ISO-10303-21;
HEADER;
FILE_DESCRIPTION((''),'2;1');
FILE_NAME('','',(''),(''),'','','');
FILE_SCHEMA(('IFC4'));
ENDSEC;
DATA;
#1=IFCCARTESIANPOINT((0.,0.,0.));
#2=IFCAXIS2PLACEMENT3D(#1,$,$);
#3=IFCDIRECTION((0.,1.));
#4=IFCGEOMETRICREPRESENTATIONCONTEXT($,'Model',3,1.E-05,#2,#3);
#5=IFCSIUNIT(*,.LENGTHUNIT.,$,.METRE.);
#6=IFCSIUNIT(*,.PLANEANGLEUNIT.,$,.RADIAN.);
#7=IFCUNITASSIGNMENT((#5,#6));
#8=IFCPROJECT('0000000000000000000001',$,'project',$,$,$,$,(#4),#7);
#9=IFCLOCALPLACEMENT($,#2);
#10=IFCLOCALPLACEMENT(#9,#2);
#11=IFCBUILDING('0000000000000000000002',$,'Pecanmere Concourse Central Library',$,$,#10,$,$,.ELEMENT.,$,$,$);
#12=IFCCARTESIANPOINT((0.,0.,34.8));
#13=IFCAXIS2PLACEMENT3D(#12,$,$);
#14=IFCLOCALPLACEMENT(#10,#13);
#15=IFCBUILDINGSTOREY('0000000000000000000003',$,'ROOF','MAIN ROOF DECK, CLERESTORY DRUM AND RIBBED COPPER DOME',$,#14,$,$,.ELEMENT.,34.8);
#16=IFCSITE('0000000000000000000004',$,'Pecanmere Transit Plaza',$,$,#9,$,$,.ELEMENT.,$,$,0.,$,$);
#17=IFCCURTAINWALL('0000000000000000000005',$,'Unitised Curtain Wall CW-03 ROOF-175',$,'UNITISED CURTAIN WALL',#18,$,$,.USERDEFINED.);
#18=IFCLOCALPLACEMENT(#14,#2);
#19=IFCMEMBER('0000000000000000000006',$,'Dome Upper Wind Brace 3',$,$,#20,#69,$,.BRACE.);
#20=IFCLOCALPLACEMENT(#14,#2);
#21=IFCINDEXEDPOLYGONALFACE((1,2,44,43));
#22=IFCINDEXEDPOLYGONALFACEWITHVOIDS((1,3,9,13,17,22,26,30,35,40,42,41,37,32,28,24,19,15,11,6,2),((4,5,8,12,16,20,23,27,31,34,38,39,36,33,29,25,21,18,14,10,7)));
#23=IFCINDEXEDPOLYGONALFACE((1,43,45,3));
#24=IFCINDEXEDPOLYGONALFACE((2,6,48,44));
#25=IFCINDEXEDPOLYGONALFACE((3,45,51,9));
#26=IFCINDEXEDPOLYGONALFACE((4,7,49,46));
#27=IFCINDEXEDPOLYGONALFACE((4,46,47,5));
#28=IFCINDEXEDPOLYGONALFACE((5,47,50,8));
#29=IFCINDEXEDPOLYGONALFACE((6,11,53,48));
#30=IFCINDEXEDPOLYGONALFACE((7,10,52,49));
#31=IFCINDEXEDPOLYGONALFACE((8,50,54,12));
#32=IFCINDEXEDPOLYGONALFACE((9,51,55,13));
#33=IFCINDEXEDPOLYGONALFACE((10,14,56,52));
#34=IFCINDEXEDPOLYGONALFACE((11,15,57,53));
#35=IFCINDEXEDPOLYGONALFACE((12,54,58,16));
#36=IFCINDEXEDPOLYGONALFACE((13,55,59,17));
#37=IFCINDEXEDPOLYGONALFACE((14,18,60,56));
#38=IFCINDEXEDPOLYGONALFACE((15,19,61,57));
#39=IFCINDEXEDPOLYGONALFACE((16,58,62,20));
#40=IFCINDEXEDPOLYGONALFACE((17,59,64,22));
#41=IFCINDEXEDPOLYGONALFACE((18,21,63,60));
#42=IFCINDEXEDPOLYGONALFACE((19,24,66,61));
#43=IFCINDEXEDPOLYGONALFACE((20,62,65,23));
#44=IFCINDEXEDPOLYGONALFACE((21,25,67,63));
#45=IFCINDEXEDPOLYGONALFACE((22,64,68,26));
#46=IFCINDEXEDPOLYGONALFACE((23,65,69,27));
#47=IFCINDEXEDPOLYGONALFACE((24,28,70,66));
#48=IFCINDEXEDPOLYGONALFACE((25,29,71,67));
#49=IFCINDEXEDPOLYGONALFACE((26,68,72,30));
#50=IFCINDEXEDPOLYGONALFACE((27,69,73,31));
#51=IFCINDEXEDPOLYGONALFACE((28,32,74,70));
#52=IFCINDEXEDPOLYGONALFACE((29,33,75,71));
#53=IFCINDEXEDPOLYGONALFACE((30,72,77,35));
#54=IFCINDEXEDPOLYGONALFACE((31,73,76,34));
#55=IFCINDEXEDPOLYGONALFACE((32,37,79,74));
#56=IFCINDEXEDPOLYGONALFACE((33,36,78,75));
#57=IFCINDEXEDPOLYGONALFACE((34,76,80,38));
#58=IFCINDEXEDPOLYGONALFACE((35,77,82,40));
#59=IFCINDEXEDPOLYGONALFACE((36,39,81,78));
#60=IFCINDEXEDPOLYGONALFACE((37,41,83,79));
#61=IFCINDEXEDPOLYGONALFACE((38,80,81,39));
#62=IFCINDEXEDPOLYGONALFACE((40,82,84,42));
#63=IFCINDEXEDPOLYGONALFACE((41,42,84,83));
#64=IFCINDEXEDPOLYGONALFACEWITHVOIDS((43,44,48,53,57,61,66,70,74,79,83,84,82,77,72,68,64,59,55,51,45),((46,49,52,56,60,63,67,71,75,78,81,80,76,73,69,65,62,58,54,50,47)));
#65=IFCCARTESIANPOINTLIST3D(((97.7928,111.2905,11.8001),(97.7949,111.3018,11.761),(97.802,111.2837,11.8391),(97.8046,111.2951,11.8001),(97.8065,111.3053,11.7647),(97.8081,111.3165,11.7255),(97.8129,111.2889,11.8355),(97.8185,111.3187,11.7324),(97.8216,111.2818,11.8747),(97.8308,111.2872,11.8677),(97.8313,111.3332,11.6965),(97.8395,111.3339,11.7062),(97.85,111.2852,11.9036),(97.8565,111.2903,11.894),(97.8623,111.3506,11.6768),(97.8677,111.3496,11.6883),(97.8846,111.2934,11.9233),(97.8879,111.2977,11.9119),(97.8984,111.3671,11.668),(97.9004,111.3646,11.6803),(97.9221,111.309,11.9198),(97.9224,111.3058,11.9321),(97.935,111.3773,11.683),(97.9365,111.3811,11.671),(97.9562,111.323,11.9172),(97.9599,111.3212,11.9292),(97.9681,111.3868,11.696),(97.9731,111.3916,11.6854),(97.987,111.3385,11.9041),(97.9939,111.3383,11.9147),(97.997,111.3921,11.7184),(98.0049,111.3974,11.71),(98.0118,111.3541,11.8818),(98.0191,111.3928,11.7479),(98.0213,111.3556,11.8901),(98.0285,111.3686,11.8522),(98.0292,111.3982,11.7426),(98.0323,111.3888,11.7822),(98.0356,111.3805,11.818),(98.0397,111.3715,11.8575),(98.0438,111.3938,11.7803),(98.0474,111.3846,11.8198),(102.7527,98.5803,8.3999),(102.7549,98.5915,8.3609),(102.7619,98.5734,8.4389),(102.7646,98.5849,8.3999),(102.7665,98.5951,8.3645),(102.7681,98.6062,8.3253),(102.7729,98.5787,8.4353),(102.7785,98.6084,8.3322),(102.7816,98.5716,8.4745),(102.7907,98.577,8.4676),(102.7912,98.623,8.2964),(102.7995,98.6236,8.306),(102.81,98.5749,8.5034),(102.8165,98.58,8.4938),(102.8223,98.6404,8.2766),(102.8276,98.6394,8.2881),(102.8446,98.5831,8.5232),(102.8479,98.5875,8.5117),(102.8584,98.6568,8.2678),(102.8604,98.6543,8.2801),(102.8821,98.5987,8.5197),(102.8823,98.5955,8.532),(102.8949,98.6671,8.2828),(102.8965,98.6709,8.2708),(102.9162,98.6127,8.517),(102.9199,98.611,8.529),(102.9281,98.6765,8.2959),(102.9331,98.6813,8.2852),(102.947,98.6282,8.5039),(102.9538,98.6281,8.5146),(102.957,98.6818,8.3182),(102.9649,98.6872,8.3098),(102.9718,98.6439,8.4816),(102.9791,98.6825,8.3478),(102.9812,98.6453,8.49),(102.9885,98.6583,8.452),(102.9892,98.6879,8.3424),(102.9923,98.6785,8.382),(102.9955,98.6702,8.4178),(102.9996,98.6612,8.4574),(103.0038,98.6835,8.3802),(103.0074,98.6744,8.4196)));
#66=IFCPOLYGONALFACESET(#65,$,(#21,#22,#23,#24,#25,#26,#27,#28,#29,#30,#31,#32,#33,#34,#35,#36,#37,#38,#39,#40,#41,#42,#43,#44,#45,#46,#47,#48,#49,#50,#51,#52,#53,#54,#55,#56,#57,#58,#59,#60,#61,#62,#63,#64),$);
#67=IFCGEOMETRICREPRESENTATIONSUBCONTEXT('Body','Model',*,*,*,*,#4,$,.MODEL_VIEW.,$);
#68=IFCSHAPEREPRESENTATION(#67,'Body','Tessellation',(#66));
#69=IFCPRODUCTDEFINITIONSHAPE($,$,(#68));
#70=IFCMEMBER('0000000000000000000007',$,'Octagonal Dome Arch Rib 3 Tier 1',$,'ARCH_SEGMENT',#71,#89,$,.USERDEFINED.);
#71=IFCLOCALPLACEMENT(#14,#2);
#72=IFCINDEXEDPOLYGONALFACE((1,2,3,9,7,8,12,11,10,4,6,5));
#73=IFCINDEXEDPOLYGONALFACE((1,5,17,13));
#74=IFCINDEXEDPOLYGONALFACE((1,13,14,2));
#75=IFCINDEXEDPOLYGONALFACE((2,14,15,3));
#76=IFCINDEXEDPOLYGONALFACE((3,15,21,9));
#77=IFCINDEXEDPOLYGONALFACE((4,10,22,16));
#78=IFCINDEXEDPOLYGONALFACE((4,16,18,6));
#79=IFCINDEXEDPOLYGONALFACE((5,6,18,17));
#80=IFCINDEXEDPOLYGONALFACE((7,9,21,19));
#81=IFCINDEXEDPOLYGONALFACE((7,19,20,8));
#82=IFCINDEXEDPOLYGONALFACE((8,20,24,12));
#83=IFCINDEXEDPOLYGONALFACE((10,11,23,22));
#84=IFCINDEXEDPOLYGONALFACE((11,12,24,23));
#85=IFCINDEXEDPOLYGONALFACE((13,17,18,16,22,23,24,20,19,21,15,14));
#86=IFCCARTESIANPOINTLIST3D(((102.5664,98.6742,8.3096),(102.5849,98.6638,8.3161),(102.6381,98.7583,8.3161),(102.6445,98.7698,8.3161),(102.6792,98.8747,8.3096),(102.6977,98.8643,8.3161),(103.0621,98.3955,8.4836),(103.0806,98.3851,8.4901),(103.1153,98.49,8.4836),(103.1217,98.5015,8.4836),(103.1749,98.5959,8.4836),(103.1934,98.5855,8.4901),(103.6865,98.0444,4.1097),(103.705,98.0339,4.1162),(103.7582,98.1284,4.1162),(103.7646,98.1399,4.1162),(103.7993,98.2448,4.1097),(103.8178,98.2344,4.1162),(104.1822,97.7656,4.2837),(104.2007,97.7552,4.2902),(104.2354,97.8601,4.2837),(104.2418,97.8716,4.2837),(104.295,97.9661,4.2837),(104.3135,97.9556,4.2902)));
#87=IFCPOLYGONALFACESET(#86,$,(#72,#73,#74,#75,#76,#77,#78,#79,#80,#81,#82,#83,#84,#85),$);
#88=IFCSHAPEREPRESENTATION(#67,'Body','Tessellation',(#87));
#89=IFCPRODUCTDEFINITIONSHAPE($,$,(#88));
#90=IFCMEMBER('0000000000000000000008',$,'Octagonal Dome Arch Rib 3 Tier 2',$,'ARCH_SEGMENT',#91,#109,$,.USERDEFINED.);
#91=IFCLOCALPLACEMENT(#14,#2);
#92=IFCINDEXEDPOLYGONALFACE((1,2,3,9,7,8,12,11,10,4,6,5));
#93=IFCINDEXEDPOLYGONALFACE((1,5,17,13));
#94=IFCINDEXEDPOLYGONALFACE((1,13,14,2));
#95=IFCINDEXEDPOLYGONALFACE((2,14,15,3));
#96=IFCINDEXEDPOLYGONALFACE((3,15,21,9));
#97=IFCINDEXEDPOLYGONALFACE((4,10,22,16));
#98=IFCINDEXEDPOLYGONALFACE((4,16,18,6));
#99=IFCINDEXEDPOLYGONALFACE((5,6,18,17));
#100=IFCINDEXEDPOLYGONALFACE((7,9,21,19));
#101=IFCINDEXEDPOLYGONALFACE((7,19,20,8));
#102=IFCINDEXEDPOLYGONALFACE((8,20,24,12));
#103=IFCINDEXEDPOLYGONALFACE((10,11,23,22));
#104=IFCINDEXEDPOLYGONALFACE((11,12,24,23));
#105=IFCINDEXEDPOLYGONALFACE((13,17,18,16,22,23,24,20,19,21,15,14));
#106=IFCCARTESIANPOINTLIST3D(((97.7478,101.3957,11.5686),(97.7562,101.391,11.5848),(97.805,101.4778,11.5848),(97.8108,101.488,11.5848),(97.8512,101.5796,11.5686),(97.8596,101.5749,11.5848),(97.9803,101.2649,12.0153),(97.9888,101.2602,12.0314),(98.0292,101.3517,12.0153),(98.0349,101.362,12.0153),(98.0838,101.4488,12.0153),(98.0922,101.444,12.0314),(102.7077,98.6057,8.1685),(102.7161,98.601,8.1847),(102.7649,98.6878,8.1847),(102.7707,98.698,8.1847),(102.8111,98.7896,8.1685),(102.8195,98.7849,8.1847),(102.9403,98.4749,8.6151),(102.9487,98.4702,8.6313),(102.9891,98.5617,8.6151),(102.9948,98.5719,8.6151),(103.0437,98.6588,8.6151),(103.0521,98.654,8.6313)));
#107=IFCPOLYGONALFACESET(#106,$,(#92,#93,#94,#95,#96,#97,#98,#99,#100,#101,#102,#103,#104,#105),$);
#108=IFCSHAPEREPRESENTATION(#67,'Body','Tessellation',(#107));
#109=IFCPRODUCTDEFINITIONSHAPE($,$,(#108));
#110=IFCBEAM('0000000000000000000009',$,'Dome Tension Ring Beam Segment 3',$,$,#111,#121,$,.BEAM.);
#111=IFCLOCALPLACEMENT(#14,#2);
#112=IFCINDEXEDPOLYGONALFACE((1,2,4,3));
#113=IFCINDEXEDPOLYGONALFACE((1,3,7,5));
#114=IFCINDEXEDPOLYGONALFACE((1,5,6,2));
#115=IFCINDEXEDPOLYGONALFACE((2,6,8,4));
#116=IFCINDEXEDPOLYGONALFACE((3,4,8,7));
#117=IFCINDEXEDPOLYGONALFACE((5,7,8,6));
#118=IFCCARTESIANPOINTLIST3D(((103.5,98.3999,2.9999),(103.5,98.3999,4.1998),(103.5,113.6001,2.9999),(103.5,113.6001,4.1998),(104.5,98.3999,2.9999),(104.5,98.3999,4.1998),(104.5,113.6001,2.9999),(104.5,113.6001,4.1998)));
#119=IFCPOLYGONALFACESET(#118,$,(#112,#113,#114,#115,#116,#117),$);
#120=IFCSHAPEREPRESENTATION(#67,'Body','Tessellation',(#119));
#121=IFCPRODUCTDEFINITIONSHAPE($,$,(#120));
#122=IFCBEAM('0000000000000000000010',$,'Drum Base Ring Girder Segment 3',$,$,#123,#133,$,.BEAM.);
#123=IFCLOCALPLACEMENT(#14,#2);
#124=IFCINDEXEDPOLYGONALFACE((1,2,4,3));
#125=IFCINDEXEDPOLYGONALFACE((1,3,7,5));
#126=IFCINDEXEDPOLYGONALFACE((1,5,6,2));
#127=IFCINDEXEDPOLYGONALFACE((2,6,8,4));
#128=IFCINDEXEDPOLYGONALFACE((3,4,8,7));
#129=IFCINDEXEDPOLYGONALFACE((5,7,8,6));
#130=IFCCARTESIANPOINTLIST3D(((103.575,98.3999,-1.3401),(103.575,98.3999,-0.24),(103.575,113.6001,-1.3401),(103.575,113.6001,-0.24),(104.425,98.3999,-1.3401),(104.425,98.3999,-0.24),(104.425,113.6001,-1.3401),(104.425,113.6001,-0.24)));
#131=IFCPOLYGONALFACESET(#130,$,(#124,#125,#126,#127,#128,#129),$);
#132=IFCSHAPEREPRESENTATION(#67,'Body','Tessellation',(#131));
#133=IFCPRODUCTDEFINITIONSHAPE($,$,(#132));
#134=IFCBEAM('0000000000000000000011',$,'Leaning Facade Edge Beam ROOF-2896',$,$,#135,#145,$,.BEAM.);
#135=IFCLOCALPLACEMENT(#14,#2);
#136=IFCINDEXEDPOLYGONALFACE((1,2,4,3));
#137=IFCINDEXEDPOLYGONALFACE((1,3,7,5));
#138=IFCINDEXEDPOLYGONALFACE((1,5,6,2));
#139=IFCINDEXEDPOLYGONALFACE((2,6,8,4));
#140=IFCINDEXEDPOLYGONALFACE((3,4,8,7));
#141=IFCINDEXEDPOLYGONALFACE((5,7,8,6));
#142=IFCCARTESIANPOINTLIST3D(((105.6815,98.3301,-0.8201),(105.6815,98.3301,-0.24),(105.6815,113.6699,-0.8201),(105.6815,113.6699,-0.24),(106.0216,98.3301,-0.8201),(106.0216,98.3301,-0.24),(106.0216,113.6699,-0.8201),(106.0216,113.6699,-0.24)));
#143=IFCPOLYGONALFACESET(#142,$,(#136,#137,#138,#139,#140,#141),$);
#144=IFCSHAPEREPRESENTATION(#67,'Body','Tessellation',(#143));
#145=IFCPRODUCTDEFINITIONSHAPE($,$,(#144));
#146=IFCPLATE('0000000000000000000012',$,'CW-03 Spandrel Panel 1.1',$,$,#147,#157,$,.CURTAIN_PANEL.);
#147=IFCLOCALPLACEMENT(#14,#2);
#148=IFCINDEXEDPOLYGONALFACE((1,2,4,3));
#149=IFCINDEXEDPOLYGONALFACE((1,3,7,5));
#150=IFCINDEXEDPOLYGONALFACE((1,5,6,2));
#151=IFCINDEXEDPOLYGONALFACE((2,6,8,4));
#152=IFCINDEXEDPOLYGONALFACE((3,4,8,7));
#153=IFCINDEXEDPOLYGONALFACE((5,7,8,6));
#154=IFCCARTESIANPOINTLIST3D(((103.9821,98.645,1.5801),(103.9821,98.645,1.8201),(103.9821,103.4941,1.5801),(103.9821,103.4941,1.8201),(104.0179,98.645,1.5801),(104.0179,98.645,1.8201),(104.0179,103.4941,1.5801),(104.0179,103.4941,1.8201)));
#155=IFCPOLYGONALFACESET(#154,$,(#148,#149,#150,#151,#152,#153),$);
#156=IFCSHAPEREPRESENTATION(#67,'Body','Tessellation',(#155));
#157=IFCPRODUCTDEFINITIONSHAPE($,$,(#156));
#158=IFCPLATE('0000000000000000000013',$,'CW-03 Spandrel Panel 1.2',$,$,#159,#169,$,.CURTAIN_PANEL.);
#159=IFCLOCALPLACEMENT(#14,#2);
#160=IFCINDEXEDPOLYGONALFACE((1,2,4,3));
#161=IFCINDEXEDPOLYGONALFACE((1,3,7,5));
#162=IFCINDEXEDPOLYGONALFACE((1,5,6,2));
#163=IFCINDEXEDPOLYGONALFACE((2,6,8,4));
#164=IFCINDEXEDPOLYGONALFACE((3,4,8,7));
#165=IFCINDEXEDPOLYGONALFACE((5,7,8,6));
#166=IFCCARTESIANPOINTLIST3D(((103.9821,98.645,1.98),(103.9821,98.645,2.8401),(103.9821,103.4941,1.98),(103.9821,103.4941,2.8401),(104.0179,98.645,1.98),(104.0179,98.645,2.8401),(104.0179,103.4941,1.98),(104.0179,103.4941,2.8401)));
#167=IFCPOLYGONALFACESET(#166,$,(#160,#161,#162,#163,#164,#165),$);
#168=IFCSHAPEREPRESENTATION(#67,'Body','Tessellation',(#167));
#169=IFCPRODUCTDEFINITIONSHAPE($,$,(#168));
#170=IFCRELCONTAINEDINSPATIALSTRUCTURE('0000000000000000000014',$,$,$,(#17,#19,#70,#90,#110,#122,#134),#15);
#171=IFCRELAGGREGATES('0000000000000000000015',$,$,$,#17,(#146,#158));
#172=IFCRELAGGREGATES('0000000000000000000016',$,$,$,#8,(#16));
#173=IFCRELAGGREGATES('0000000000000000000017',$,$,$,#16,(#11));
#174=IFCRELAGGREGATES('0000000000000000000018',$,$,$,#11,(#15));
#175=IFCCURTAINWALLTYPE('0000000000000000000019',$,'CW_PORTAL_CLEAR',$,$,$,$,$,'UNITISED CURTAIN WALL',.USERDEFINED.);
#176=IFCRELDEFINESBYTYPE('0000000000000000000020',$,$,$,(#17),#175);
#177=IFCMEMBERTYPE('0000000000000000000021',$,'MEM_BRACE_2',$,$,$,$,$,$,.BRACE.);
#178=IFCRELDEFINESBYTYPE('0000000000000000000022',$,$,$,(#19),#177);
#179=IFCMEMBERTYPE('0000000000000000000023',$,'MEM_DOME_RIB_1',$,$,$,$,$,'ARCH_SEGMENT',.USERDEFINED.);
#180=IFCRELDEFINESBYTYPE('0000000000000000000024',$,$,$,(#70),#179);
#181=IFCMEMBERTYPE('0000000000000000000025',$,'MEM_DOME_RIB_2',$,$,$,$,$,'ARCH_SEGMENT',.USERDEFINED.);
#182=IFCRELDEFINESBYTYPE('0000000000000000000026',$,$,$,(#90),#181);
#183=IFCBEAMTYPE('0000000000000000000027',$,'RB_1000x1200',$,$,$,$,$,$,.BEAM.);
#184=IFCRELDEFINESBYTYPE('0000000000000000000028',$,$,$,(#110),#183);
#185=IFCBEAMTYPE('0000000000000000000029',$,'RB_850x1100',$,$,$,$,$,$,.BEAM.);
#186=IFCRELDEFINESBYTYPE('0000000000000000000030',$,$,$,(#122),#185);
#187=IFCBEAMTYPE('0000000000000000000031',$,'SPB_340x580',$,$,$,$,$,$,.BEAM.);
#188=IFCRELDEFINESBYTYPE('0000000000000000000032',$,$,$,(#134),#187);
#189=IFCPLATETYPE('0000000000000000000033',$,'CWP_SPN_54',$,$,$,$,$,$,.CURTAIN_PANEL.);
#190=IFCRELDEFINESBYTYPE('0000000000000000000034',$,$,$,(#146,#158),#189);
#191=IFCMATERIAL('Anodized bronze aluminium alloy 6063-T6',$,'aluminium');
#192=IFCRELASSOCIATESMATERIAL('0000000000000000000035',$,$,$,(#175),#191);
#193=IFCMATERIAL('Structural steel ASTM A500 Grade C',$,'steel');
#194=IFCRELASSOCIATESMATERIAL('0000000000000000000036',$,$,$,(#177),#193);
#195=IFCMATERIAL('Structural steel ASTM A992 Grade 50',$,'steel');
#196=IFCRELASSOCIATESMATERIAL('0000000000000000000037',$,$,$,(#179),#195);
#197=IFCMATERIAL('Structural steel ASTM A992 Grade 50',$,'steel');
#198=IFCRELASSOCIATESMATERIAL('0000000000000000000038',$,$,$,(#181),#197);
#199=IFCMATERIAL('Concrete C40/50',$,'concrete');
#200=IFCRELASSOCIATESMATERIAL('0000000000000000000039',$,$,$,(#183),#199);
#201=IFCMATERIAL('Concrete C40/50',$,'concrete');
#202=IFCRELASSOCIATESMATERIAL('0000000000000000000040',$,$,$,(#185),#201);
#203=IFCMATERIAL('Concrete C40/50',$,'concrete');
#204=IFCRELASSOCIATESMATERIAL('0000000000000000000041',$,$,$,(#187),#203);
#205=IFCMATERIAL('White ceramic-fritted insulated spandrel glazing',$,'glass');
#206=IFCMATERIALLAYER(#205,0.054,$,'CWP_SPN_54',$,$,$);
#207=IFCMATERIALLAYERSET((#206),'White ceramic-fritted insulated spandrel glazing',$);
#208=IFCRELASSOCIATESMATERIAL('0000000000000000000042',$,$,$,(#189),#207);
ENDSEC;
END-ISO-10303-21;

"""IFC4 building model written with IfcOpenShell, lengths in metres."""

from ifc_helpers import new_model, si_unit, direction, frame, origin, origin_2d, place, context, subcontext, project, spatial, rectangle, hollow_circle, i_section, extrude, material, layer, layer_set, material_profile, profile_set, type_object, element, aggregate, save


model = new_model("IFC4")

# Units and contexts
model_context = context("Model", 3, precision=1e-05, world=origin(), true_north=direction((0.0, 1.0)))
body_context = subcontext(model_context, "Body", "Model", "MODEL_VIEW")
ifc_project = project(units=[si_unit("LENGTHUNIT", "METRE"), si_unit("PLANEANGLEUNIT", "RADIAN")], contexts=[model_context])

# Site, building, storey
site_placement = place(None, origin())
site = spatial("IfcSite", under=ifc_project, at=site_placement, Name="Pecanmere Transit Plaza", CompositionType="ELEMENT", RefElevation=0.0)
building_placement = place(site_placement, origin())
building = spatial("IfcBuilding", under=site, at=building_placement, Name="Pecanmere Concourse Central Library", CompositionType="ELEMENT")
storey_placement = place(building_placement, frame((0.0, 0.0, 34.8)))
storey = spatial("IfcBuildingStorey", under=building, at=storey_placement, Name="ROOF", Description="MAIN ROOF DECK, CLERESTORY DRUM AND RIBBED COPPER DOME", CompositionType="ELEMENT", Elevation=34.8)

# Shared definitions
ifc_material_1 = material(Name="Anodized bronze aluminium alloy 6063-T6", Category="aluminium")
curtain_wall_type = type_object("IfcCurtainWallType", Name="CW_PORTAL_CLEAR", ElementType="UNITISED CURTAIN WALL", PredefinedType="USERDEFINED", material=ifc_material_1)

# Curtain wall
curtain_wall_1_placement = place(storey_placement, origin())
curtain_wall_1 = element("IfcCurtainWall", 1, at=curtain_wall_1_placement, inside=storey, type_object=curtain_wall_type, Name="Unitised Curtain Wall CW-03 ROOF-175", ObjectType="UNITISED CURTAIN WALL", PredefinedType="USERDEFINED")

# Members
ifc_material_2 = material(Name="Structural steel ASTM A500 Grade C", Category="steel")
ifc_material_profile_1 = material_profile(ifc_material_2, hollow_circle(Radius=0.1365, WallThickness=0.0127, at=origin_2d()), Name="HSS273.1x12.7")
ifc_profile_set_1 = profile_set([ifc_material_profile_1], Name="Structural steel ASTM A500 Grade C")
member_type_1 = type_object("IfcMemberType", Name="MEM_BRACE_2", PredefinedType="BRACE", material=ifc_profile_set_1)
member_1_placement = place(storey_placement, frame((102.8799, 98.6299, 8.3999), z_axis=(-0.352746, 0.903934, 0.241814), x_axis=(-0.931581, -0.363535, 0.0)))
element("IfcMember", 2, at=member_1_placement, inside=storey, type_object=member_type_1, Name="Dome Upper Wind Brace 3", PredefinedType="BRACE", context=body_context, shape_type="SweptSolid", body=[
    extrude(hollow_circle(Radius=0.1365, WallThickness=0.0127, at=origin_2d()), origin(), (0.0, 0.0, 1.0), 14.061),
])
ifc_material_3 = material(Name="Structural steel ASTM A992 Grade 50", Category="steel")
ifc_material_profile_2 = material_profile(ifc_material_3, i_section(OverallWidth=0.23, OverallDepth=0.6169, WebThickness=0.0132, FlangeThickness=0.0222, at=origin_2d()), Name="W610x140")
ifc_profile_set_2 = profile_set([ifc_material_profile_2], Name="Structural steel ASTM A992 Grade 50")
member_type_2 = type_object("IfcMemberType", Name="MEM_DOME_RIB_1", ElementType="ARCH_SEGMENT", PredefinedType="USERDEFINED", material=ifc_profile_set_2)
member_2_placement = place(storey_placement, frame((104.0, 98.0, 4.2), z_axis=(-0.255027, 0.143411, 0.95624), x_axis=(-0.490153, -0.871636, 0.0)))
element("IfcMember", 3, at=member_2_placement, inside=storey, type_object=member_type_2, Name="Octagonal Dome Arch Rib 3 Tier 1", ObjectType="ARCH_SEGMENT", PredefinedType="USERDEFINED", context=body_context, shape_type="SweptSolid", body=[
    extrude(i_section(OverallWidth=0.23, OverallDepth=0.6169, WebThickness=0.0132, FlangeThickness=0.0222, at=origin_2d()), origin(), (0.0, 0.0, 1.0), 4.3921),
])
ifc_material_4 = material(Name="Structural steel ASTM A992 Grade 50", Category="steel")
ifc_material_profile_3 = material_profile(ifc_material_4, i_section(OverallWidth=0.2109, OverallDepth=0.5391, WebThickness=0.0117, FlangeThickness=0.0188, at=origin_2d()), Name="W530x109")
ifc_profile_set_3 = profile_set([ifc_material_profile_3], Name="Structural steel ASTM A992 Grade 50")
member_type_3 = type_object("IfcMemberType", Name="MEM_DOME_RIB_2", ElementType="ARCH_SEGMENT", PredefinedType="USERDEFINED", material=ifc_profile_set_3)
member_3_placement = place(storey_placement, frame((102.8799, 98.6299, 8.3999), z_axis=(-0.748197, 0.42087, 0.512903), x_axis=(-0.490269, -0.871571, 0.0)))
element("IfcMember", 4, at=member_3_placement, inside=storey, type_object=member_type_3, Name="Octagonal Dome Arch Rib 3 Tier 2", ObjectType="ARCH_SEGMENT", PredefinedType="USERDEFINED", context=body_context, shape_type="SweptSolid", body=[
    extrude(i_section(OverallWidth=0.2109, OverallDepth=0.5391, WebThickness=0.0117, FlangeThickness=0.0188, at=origin_2d()), origin(), (0.0, 0.0, 1.0), 6.6292),
])

# Beams
ifc_material_5 = material(Name="Concrete C40/50", Category="concrete")
ifc_material_profile_4 = material_profile(ifc_material_5, rectangle(XDim=1.0, YDim=1.2, at=origin_2d()), Name="RC 1000x1200")
ifc_profile_set_4 = profile_set([ifc_material_profile_4], Name="Concrete C40/50")
beam_type_1 = type_object("IfcBeamType", Name="RB_1000x1200", PredefinedType="BEAM", material=ifc_profile_set_4)
beam_1_placement = place(storey_placement, frame((104.0, 98.3999, 3.5999), z_axis=(0.0, 1.0, 0.0), x_axis=(-1.0, 0.0, 0.0)))
element("IfcBeam", 5, at=beam_1_placement, inside=storey, type_object=beam_type_1, Name="Dome Tension Ring Beam Segment 3", PredefinedType="BEAM", context=body_context, shape_type="SweptSolid", body=[
    extrude(rectangle(XDim=1.0, YDim=1.2, at=origin_2d()), origin(), (0.0, 0.0, 1.0), 15.2002),
])
ifc_material_6 = material(Name="Concrete C40/50", Category="concrete")
ifc_material_profile_5 = material_profile(ifc_material_6, rectangle(XDim=0.8501, YDim=1.1001, at=origin_2d()), Name="RC 850x1100")
ifc_profile_set_5 = profile_set([ifc_material_profile_5], Name="Concrete C40/50")
beam_type_2 = type_object("IfcBeamType", Name="RB_850x1100", PredefinedType="BEAM", material=ifc_profile_set_5)
beam_2_placement = place(storey_placement, frame((104.0, 98.3999, -0.79), z_axis=(0.0, 1.0, 0.0), x_axis=(-1.0, 0.0, 0.0)))
element("IfcBeam", 6, at=beam_2_placement, inside=storey, type_object=beam_type_2, Name="Drum Base Ring Girder Segment 3", PredefinedType="BEAM", context=body_context, shape_type="SweptSolid", body=[
    extrude(rectangle(XDim=0.8501, YDim=1.1001, at=origin_2d()), origin(), (0.0, 0.0, 1.0), 15.2002),
])
ifc_material_7 = material(Name="Concrete C40/50", Category="concrete")
ifc_material_profile_6 = material_profile(ifc_material_7, rectangle(XDim=0.3401, YDim=0.5801, at=origin_2d()), Name="RC 340x580")
ifc_profile_set_6 = profile_set([ifc_material_profile_6], Name="Concrete C40/50")
beam_type_3 = type_object("IfcBeamType", Name="SPB_340x580", PredefinedType="BEAM", material=ifc_profile_set_6)
beam_3_placement = place(storey_placement, frame((105.8516, 98.3301, -0.53), z_axis=(0.0, 1.0, 0.0), x_axis=(-1.0, 0.0, 0.0)))
element("IfcBeam", 7, at=beam_3_placement, inside=storey, type_object=beam_type_3, Name="Leaning Facade Edge Beam ROOF-2896", PredefinedType="BEAM", context=body_context, shape_type="SweptSolid", body=[
    extrude(rectangle(XDim=0.3401, YDim=0.5801, at=origin_2d()), origin(), (0.0, 0.0, 1.0), 15.3398),
])

# Plates
ifc_material_8 = material(Name="White ceramic-fritted insulated spandrel glazing", Category="glass")
ifc_layer_1 = layer(ifc_material_8, 0.054, Name="CWP_SPN_54")
ifc_layer_set_1 = layer_set([ifc_layer_1], Name="White ceramic-fritted insulated spandrel glazing")
plate_type_1 = type_object("IfcPlateType", Name="CWP_SPN_54", PredefinedType="CURTAIN_PANEL", material=ifc_layer_set_1)
plate_1_placement = place(storey_placement, frame((104.0, 101.0696, 1.5801), z_axis=(0.0, 0.0, 1.0), x_axis=(0.0, 1.0, 0.0)))
plate_1 = element("IfcPlate", 8, at=plate_1_placement, type_object=plate_type_1, Name="CW-03 Spandrel Panel 1.1", PredefinedType="CURTAIN_PANEL", context=body_context, shape_type="SweptSolid", body=[
    extrude(rectangle(XDim=4.8491, YDim=0.0359, at=origin_2d()), origin(), (0.0, 0.0, 1.0), 0.24),
])
plate_2_placement = place(storey_placement, frame((104.0, 101.0696, 1.98), z_axis=(0.0, 0.0, 1.0), x_axis=(0.0, 1.0, 0.0)))
plate_2 = element("IfcPlate", 9, at=plate_2_placement, type_object=plate_type_1, Name="CW-03 Spandrel Panel 1.2", PredefinedType="CURTAIN_PANEL", context=body_context, shape_type="SweptSolid", body=[
    extrude(rectangle(XDim=4.8491, YDim=0.0359, at=origin_2d()), origin(), (0.0, 0.0, 1.0), 0.8601),
])
aggregate(curtain_wall_1, [plate_1, plate_2])

save(model, "model.ifc")
